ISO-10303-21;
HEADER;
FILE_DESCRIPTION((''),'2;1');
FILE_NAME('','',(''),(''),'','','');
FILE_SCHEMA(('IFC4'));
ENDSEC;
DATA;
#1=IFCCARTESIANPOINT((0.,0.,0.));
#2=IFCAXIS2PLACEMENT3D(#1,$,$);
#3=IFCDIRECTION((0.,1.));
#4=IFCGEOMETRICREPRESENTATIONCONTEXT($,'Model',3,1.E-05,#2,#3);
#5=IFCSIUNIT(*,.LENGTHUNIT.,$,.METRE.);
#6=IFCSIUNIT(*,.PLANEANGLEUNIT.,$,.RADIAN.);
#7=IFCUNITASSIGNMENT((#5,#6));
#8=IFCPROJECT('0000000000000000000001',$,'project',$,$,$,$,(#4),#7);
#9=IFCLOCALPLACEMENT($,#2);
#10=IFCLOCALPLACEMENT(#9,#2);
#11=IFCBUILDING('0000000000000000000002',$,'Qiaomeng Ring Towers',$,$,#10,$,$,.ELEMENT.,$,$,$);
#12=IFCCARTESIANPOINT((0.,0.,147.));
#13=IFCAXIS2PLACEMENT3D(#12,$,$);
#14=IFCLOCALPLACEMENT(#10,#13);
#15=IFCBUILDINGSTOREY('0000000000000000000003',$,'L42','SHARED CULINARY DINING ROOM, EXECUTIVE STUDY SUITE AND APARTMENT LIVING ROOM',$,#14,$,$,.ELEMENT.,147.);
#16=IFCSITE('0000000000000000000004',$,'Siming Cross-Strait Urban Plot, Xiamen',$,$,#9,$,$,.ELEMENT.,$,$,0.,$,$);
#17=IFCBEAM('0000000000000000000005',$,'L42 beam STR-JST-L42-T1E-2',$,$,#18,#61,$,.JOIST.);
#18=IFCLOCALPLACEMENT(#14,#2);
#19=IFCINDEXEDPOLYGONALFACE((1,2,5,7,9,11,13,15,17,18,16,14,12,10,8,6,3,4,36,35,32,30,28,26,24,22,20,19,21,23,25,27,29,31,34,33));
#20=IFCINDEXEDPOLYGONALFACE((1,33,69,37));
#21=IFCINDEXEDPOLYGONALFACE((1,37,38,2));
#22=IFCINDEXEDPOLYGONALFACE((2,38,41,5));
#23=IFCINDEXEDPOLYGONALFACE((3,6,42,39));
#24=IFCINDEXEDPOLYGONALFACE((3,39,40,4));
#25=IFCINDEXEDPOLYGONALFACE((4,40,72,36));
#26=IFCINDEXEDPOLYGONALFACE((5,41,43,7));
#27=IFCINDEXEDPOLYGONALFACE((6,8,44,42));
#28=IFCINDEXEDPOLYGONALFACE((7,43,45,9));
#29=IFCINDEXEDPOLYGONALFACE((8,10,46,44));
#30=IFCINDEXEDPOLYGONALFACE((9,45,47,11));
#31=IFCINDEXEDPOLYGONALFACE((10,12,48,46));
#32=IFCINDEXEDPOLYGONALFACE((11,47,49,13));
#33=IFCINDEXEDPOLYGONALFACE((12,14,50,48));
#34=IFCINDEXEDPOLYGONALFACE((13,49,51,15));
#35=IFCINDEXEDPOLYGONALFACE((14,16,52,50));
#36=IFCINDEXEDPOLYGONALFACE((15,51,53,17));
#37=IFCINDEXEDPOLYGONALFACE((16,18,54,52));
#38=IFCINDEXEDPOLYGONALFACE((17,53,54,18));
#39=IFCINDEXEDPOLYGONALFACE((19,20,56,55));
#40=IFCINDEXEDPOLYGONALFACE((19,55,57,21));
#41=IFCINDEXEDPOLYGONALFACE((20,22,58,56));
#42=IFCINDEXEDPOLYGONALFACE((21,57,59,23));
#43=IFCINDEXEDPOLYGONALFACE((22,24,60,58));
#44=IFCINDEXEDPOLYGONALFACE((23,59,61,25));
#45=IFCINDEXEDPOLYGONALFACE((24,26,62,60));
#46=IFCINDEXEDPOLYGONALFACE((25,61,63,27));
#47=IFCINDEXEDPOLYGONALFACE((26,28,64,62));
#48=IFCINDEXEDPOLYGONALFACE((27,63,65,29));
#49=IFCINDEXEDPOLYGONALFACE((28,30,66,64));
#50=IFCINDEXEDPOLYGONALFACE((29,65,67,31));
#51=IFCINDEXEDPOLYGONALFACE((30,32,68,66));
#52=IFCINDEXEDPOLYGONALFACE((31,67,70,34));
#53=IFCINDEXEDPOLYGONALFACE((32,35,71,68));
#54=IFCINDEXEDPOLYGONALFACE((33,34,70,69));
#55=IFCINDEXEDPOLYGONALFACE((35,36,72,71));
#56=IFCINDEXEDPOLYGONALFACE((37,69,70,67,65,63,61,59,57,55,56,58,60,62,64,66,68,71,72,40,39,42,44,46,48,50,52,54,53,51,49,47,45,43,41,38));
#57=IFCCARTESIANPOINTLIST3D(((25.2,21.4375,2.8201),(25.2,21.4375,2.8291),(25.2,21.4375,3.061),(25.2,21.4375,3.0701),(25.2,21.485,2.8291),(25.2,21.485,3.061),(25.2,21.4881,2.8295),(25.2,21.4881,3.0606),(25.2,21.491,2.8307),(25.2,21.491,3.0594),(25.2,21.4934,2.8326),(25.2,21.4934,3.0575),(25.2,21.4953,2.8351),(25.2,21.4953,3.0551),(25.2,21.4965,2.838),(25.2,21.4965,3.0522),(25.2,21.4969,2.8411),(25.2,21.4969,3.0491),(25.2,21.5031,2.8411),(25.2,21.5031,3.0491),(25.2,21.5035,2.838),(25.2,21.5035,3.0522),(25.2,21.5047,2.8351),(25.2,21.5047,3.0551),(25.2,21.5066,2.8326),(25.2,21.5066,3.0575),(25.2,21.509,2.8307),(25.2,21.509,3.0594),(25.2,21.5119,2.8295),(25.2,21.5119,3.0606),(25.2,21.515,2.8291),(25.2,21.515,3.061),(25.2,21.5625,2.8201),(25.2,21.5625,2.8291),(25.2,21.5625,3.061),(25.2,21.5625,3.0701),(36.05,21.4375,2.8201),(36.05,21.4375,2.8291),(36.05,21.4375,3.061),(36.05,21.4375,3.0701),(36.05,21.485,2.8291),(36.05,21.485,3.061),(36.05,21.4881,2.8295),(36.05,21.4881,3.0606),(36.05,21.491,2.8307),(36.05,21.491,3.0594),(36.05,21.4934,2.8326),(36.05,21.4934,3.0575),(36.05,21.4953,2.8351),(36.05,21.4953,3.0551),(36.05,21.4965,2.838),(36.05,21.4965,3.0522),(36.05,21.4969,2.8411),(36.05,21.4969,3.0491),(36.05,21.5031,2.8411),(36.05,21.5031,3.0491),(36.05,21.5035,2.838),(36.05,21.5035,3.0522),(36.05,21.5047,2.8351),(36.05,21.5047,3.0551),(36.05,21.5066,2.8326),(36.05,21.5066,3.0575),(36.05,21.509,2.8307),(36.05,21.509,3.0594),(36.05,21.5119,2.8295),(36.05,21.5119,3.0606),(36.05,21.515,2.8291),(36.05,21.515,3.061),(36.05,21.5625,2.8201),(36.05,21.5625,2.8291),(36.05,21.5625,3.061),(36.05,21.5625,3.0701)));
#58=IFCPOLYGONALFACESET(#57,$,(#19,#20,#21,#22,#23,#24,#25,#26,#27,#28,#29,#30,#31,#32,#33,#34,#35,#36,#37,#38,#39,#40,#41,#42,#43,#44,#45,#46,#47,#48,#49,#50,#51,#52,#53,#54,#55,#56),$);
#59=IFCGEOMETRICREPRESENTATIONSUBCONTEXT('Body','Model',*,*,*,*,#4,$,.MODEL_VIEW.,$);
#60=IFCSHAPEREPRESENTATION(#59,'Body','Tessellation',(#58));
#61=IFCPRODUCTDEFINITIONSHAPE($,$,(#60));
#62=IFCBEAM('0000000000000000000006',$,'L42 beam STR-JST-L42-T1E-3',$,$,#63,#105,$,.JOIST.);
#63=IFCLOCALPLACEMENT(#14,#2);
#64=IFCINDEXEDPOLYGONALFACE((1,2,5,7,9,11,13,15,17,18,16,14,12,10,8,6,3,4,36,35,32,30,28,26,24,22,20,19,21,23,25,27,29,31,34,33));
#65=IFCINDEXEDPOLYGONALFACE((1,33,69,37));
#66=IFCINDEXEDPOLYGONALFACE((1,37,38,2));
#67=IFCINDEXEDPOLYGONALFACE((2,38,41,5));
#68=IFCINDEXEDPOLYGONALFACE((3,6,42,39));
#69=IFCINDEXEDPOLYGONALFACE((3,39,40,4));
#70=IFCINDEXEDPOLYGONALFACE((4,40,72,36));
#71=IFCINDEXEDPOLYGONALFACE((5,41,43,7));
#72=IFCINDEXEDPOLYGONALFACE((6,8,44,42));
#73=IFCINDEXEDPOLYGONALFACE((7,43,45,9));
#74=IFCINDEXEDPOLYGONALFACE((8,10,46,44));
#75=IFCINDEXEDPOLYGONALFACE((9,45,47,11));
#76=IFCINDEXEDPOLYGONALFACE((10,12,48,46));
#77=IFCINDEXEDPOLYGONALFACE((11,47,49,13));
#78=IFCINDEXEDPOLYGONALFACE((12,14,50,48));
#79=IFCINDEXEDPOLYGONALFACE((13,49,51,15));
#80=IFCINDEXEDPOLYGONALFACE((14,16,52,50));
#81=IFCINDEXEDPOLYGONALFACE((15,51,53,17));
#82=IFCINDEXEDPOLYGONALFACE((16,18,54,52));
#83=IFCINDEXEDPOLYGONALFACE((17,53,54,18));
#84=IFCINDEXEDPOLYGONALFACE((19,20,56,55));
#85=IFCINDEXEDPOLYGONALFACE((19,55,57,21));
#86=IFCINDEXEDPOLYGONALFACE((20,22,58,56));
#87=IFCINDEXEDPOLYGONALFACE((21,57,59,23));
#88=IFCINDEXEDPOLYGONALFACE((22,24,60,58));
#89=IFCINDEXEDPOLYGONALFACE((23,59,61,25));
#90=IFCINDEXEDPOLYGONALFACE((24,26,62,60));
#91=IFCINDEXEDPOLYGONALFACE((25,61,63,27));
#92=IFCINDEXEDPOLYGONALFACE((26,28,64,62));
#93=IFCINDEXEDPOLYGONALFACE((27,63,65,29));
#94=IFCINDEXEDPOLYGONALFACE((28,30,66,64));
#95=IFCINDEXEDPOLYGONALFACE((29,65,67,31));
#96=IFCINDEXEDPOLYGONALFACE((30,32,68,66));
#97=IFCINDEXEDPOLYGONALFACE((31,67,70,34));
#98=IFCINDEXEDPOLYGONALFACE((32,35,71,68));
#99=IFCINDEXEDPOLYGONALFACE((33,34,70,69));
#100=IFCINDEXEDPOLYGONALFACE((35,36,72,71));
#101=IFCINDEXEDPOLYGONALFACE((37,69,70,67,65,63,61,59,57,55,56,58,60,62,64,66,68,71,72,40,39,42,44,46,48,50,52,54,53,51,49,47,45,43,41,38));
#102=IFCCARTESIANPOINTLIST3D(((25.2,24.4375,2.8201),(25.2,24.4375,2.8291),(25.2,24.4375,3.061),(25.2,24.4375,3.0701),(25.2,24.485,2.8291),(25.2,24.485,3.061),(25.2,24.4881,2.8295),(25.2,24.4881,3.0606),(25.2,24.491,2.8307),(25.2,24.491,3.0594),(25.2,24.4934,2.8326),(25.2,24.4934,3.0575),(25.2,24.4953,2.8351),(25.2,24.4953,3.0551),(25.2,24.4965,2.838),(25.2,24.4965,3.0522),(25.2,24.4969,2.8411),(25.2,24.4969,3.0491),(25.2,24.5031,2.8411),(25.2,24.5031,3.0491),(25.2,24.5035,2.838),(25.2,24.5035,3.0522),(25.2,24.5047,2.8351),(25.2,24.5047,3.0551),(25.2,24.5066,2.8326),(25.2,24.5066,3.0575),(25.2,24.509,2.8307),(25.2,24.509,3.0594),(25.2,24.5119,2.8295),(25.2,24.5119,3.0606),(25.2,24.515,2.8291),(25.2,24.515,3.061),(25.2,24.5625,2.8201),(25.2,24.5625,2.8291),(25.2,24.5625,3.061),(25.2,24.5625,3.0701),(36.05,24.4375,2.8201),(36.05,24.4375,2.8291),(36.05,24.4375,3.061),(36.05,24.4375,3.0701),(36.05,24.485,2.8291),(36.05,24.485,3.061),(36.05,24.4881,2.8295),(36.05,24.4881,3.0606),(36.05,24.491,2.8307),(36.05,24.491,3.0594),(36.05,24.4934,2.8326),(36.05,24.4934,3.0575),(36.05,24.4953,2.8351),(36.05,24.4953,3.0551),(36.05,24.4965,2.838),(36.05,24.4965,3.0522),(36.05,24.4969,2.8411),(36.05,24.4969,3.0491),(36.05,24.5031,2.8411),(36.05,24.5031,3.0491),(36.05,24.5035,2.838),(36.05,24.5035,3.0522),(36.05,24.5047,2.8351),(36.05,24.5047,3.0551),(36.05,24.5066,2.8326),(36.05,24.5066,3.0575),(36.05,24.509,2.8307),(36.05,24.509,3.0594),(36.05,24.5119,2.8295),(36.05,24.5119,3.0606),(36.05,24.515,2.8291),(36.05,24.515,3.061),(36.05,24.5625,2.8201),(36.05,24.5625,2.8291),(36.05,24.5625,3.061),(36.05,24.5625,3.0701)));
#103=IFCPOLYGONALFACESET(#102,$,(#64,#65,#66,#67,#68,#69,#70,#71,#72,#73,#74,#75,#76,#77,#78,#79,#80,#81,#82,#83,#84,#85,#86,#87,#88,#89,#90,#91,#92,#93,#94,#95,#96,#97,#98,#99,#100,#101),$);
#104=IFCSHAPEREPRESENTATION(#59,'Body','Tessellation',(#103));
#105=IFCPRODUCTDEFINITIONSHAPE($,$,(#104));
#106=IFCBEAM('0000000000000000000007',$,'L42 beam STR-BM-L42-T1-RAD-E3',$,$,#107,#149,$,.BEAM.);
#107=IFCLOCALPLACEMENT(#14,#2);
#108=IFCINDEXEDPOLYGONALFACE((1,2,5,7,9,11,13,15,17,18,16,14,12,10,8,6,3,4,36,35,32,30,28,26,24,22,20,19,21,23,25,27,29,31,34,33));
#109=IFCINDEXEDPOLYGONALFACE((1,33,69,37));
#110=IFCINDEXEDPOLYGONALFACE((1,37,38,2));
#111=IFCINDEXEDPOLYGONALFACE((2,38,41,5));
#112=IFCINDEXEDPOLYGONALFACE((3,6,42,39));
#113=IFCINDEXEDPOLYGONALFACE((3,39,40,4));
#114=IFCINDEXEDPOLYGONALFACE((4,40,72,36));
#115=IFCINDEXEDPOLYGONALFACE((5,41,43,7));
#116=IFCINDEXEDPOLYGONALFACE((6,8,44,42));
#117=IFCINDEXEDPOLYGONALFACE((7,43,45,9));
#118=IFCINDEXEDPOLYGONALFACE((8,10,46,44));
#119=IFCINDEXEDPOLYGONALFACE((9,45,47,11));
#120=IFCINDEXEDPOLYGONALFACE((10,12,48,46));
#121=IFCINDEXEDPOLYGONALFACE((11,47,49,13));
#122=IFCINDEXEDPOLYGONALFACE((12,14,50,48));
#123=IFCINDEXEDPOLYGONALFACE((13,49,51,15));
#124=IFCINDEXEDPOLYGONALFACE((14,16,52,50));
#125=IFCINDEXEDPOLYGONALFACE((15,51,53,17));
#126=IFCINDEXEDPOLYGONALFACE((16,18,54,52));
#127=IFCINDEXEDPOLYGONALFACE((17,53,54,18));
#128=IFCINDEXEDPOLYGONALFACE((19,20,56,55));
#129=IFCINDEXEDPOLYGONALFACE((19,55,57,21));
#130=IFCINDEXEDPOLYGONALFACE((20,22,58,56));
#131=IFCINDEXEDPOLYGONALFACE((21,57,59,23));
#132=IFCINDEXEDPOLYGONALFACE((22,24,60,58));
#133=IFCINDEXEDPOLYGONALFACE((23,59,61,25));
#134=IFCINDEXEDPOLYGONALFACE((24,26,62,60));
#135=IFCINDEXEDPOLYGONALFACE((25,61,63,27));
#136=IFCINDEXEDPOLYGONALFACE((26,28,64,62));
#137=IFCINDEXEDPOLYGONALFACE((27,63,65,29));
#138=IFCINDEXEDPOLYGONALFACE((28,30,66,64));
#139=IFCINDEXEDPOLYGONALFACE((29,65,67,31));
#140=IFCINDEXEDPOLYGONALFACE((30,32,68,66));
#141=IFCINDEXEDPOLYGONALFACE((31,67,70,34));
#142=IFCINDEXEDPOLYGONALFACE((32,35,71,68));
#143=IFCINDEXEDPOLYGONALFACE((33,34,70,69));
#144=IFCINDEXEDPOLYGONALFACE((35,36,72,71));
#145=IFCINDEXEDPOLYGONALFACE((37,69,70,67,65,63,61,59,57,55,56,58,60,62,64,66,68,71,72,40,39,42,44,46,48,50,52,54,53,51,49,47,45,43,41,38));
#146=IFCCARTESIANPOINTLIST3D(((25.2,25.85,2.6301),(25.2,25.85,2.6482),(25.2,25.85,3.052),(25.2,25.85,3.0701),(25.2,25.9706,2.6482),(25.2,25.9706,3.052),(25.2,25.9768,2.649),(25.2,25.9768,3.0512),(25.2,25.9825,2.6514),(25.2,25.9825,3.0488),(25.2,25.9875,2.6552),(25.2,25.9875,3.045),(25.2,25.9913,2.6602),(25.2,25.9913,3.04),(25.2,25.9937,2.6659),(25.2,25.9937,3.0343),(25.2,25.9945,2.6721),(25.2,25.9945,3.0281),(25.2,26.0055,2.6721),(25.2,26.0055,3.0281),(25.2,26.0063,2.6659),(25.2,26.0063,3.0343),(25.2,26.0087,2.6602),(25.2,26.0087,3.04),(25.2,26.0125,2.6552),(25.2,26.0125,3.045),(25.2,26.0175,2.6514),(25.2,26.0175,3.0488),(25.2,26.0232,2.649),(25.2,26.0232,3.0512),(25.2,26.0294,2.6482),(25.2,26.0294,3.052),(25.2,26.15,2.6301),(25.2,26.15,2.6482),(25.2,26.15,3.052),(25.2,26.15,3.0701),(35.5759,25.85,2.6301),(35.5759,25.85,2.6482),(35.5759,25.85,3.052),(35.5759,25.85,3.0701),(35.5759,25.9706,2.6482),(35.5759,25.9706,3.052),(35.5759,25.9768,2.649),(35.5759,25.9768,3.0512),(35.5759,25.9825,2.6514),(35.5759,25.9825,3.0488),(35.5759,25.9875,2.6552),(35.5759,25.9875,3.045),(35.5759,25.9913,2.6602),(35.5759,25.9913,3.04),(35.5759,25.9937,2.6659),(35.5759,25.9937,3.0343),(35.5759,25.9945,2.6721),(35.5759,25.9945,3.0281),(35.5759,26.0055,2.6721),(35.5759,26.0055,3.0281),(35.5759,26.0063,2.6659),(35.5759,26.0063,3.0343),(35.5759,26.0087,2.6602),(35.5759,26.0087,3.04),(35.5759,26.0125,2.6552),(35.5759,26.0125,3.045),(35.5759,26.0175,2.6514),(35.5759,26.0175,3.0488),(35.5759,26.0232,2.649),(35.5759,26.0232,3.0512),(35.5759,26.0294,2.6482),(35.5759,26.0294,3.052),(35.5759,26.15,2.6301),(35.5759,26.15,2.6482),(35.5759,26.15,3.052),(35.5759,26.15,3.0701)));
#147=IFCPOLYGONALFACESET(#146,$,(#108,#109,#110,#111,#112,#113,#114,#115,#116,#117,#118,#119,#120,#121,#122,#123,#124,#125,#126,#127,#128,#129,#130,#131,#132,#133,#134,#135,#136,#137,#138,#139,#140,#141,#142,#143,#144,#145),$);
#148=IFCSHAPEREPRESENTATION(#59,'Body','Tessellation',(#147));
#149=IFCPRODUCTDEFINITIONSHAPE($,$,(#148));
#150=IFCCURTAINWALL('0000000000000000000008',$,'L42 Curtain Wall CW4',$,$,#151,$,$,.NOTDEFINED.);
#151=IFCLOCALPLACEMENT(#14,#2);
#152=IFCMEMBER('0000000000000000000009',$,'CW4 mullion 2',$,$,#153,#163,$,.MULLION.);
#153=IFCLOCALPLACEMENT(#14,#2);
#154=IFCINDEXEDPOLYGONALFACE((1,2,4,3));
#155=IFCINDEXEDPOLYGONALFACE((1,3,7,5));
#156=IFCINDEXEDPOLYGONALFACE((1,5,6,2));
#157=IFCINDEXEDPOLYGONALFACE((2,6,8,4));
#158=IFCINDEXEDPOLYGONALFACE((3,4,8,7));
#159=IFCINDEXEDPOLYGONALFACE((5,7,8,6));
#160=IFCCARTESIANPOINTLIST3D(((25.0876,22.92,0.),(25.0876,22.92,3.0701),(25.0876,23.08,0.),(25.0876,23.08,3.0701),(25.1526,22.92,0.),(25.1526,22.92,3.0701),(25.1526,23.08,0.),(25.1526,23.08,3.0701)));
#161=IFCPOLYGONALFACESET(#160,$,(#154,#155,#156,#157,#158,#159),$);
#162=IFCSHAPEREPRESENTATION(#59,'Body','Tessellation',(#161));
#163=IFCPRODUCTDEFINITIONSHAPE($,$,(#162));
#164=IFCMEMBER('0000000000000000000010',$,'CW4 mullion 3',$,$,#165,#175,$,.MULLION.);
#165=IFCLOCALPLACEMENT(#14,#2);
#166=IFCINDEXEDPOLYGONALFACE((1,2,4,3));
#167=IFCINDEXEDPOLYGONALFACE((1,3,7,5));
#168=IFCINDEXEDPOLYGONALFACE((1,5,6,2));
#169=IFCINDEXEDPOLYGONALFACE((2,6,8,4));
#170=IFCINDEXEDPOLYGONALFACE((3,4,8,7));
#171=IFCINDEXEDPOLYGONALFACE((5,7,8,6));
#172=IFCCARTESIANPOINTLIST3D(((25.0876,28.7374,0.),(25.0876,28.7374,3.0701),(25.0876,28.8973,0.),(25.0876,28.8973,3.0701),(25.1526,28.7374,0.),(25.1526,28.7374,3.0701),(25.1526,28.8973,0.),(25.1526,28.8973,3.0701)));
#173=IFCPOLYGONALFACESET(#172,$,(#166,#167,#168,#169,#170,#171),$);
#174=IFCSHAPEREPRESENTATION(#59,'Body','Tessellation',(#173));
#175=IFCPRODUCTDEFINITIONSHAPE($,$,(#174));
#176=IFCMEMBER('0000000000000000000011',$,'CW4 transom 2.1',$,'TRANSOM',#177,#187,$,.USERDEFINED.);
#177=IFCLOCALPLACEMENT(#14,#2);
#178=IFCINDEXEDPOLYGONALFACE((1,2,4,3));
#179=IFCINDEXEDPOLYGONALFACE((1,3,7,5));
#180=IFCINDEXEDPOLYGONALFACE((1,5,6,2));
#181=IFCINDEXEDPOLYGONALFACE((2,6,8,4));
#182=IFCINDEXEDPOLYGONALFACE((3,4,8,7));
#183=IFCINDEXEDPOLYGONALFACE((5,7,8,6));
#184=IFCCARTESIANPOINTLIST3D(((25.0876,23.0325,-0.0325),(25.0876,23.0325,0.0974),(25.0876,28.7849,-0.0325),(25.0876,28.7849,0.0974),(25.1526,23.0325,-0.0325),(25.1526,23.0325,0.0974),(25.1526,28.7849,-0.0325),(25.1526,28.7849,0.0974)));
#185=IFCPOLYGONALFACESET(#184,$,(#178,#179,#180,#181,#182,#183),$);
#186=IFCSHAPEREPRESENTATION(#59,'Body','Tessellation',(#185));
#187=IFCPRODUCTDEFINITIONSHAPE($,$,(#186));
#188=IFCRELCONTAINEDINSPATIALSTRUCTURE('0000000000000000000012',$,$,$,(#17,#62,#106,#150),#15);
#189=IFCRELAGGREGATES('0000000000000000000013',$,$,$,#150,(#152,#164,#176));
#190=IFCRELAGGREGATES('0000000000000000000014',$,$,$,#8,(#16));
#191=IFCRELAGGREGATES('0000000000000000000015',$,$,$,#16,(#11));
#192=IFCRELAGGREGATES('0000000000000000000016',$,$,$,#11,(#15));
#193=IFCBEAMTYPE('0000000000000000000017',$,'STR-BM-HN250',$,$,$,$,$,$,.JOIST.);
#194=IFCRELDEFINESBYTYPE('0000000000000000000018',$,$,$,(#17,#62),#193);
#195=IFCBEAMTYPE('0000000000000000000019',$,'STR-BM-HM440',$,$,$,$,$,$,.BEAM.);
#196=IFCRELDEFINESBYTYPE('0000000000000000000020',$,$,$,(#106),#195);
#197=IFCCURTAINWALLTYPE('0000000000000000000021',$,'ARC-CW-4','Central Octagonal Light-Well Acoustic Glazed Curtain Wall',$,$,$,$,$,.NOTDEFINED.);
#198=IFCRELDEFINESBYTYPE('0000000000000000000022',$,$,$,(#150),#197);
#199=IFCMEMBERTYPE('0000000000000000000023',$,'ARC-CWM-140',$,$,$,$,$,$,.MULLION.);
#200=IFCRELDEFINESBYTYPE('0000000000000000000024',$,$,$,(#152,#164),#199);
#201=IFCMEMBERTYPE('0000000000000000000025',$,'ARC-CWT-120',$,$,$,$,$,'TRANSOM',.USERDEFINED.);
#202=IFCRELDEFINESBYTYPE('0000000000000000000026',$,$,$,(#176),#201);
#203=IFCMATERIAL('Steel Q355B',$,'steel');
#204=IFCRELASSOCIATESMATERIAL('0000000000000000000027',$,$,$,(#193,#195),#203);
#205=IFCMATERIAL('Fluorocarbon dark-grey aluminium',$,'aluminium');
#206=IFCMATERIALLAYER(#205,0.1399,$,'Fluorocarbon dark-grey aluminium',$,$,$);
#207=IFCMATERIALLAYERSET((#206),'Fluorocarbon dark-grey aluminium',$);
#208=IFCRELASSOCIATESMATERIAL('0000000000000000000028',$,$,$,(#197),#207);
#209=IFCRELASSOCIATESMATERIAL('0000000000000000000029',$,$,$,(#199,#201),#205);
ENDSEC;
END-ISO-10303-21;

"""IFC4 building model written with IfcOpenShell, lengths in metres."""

from ifc_helpers import new_model, si_unit, direction, frame, origin, origin_2d, place, context, subcontext, project, spatial, rectangle, i_section, extrude, source, transform, mapped, material, layer, layer_set, material_profile, profile_set, type_object, element, aggregate, save


model = new_model("IFC4")

# Units and contexts
model_context = context("Model", 3, precision=1e-05, world=origin(), true_north=direction((0.0, 1.0)))
body_context = subcontext(model_context, "Body", "Model", "MODEL_VIEW")
ifc_project = project(units=[si_unit("LENGTHUNIT", "METRE"), si_unit("PLANEANGLEUNIT", "RADIAN")], contexts=[model_context])

# Site, building, storey
site_placement = place(None, origin())
site = spatial("IfcSite", under=ifc_project, at=site_placement, Name="Siming Cross-Strait Urban Plot, Xiamen", CompositionType="ELEMENT", RefElevation=0.0)
building_placement = place(site_placement, origin())
building = spatial("IfcBuilding", under=site, at=building_placement, Name="Qiaomeng Ring Towers", CompositionType="ELEMENT")
storey_placement = place(building_placement, frame((0.0, 0.0, 147.0)))
storey = spatial("IfcBuildingStorey", under=building, at=storey_placement, Name="L42", Description="SHARED CULINARY DINING ROOM, EXECUTIVE STUDY SUITE AND APARTMENT LIVING ROOM", CompositionType="ELEMENT", Elevation=147.0)

# Beams
ifc_material_1 = material(Name="Steel Q355B", Category="steel")
ifc_material_profile_1 = material_profile(ifc_material_1, i_section(OverallWidth=0.125, OverallDepth=0.25, WebThickness=0.0061, FlangeThickness=0.009, FilletRadius=0.012, at=origin_2d()), Name="HN 250x125x6x9")
ifc_profile_set_1 = profile_set([ifc_material_profile_1], Name="Steel Q355B")
beam_type_1 = type_object("IfcBeamType", Name="STR-BM-HN250", PredefinedType="JOIST", material=ifc_profile_set_1)
shared_shape_1 = source(origin(), body_context, "Body", "SweptSolid", [
    extrude(i_section(OverallWidth=0.125, OverallDepth=0.25, WebThickness=0.0061, FlangeThickness=0.009, FilletRadius=0.012, at=origin_2d()), origin(), (0.0, 0.0, 1.0), 10.8501),
])
for number, where, z_axis, x_axis, name in (
    (1, (25.2, 21.5, 2.9451), (1.0, 0.0, 0.0), (0.0, 1.0, 0.0), "L42 beam STR-JST-L42-T1E-2"),
    (2, (25.2, 24.5, 2.9451), (1.0, 0.0, 0.0), (0.0, 1.0, 0.0), "L42 beam STR-JST-L42-T1E-3"),
):
    element("IfcBeam", number, at=place(storey_placement, frame(where, z_axis=z_axis, x_axis=x_axis)), inside=storey, type_object=beam_type_1, Name=name, PredefinedType="JOIST", context=body_context, shape_type="MappedRepresentation", body=[
        mapped(shared_shape_1, transform((0.0, 0.0, 0.0), x_axis=(1.0, 0.0, 0.0), y_axis=(0.0, 1.0, 0.0), z_axis=(0.0, 0.0, 1.0), scale=1.0)),
    ])
ifc_material_profile_2 = material_profile(ifc_material_1, i_section(OverallWidth=0.3, OverallDepth=0.4399, WebThickness=0.011, FlangeThickness=0.0181, FilletRadius=0.0239, at=origin_2d()), Name="HM 440x300x11x18")
ifc_profile_set_2 = profile_set([ifc_material_profile_2], Name="Steel Q355B")
beam_type_2 = type_object("IfcBeamType", Name="STR-BM-HM440", PredefinedType="BEAM", material=ifc_profile_set_2)
shared_shape_2 = source(origin(), body_context, "Body", "SweptSolid", [
    extrude(i_section(OverallWidth=0.3, OverallDepth=0.4399, WebThickness=0.011, FlangeThickness=0.0181, FilletRadius=0.0239, at=origin_2d()), origin(), (0.0, 0.0, 1.0), 10.376),
])
beam_placement = place(storey_placement, frame((25.2, 26.0, 2.8501), z_axis=(1.0, 0.0, 0.0), x_axis=(0.0, 1.0, 0.0)))
element("IfcBeam", 3, at=beam_placement, inside=storey, type_object=beam_type_2, Name="L42 beam STR-BM-L42-T1-RAD-E3", PredefinedType="BEAM", context=body_context, shape_type="MappedRepresentation", body=[
    mapped(shared_shape_2, transform((0.0, 0.0, 0.0), x_axis=(1.0, 0.0, 0.0), y_axis=(0.0, 1.0, 0.0), z_axis=(0.0, 0.0, 1.0), scale=1.0)),
])

# Curtain wall, members
ifc_material_2 = material(Name="Fluorocarbon dark-grey aluminium", Category="aluminium")
ifc_layer_1 = layer(ifc_material_2, 0.1399, Name="Fluorocarbon dark-grey aluminium")
ifc_layer_set_1 = layer_set([ifc_layer_1], Name="Fluorocarbon dark-grey aluminium")
curtain_wall_type = type_object("IfcCurtainWallType", Name="ARC-CW-4", Description="Central Octagonal Light-Well Acoustic Glazed Curtain Wall", PredefinedType="NOTDEFINED", material=ifc_layer_set_1)
curtain_wall_placement = place(storey_placement, origin())
curtain_wall = element("IfcCurtainWall", 4, at=curtain_wall_placement, inside=storey, type_object=curtain_wall_type, Name="L42 Curtain Wall CW4", PredefinedType="NOTDEFINED")
ifc_material_profile_3 = material_profile(ifc_material_2, rectangle(XDim=0.0649, YDim=0.1599, at=origin_2d()), Name="ALU MULL 65x160")
ifc_profile_set_3 = profile_set([ifc_material_profile_3], Name="Fluorocarbon dark-grey aluminium")
member_type_1 = type_object("IfcMemberType", Name="ARC-CWM-140", PredefinedType="MULLION", material=ifc_profile_set_3)
shared_shape_3 = source(origin(), body_context, "Body", "SweptSolid", [
    extrude(rectangle(XDim=0.0649, YDim=0.1599, at=origin_2d()), origin(), (0.0, 0.0, 1.0), 3.0701),
])
member_1_placement = place(storey_placement, frame((25.1201, 23.0, 0.0), z_axis=(0.0, 0.0, 1.0), x_axis=(-1.0, 0.0, 0.0)))
member_1 = element("IfcMember", 5, at=member_1_placement, type_object=member_type_1, Name="CW4 mullion 2", PredefinedType="MULLION", context=body_context, shape_type="MappedRepresentation", body=[
    mapped(shared_shape_3, transform((0.0, 0.0, 0.0), x_axis=(1.0, 0.0, 0.0), y_axis=(0.0, 1.0, 0.0), z_axis=(0.0, 0.0, 1.0), scale=1.0)),
])
member_2_placement = place(storey_placement, frame((25.1201, 28.8174, 0.0), z_axis=(0.0, 0.0, 1.0), x_axis=(-1.0, 0.0, 0.0)))
member_2 = element("IfcMember", 6, at=member_2_placement, type_object=member_type_1, Name="CW4 mullion 3", PredefinedType="MULLION", context=body_context, shape_type="MappedRepresentation", body=[
    mapped(shared_shape_3, transform((0.0, 0.0, 0.0), x_axis=(1.0, 0.0, 0.0), y_axis=(0.0, 1.0, 0.0), z_axis=(0.0, 0.0, 1.0), scale=1.0)),
])
ifc_material_profile_4 = material_profile(ifc_material_2, rectangle(XDim=0.0649, YDim=0.1299, at=origin_2d()), Name="ALU TRAN 65x130")
ifc_profile_set_4 = profile_set([ifc_material_profile_4], Name="Fluorocarbon dark-grey aluminium")
member_type_2 = type_object("IfcMemberType", Name="ARC-CWT-120", ElementType="TRANSOM", PredefinedType="USERDEFINED", material=ifc_profile_set_4)
shared_shape_4 = source(origin(), body_context, "Body", "SweptSolid", [
    extrude(rectangle(XDim=0.0649, YDim=0.1299, at=origin_2d()), origin(), (0.0, 0.0, 1.0), 5.7524),
])
member_3_placement = place(storey_placement, frame((25.1201, 23.0325, 0.0325), z_axis=(0.0, 1.0, 0.0), x_axis=(-1.0, 0.0, 0.0)))
member_3 = element("IfcMember", 7, at=member_3_placement, type_object=member_type_2, Name="CW4 transom 2.1", ObjectType="TRANSOM", PredefinedType="USERDEFINED", context=body_context, shape_type="MappedRepresentation", body=[
    mapped(shared_shape_4, transform((0.0, 0.0, 0.0), x_axis=(1.0, 0.0, 0.0), y_axis=(0.0, 1.0, 0.0), z_axis=(0.0, 0.0, 1.0), scale=1.0)),
])
aggregate(curtain_wall, [member_1, member_2, member_3])

save(model, "model.ifc")
